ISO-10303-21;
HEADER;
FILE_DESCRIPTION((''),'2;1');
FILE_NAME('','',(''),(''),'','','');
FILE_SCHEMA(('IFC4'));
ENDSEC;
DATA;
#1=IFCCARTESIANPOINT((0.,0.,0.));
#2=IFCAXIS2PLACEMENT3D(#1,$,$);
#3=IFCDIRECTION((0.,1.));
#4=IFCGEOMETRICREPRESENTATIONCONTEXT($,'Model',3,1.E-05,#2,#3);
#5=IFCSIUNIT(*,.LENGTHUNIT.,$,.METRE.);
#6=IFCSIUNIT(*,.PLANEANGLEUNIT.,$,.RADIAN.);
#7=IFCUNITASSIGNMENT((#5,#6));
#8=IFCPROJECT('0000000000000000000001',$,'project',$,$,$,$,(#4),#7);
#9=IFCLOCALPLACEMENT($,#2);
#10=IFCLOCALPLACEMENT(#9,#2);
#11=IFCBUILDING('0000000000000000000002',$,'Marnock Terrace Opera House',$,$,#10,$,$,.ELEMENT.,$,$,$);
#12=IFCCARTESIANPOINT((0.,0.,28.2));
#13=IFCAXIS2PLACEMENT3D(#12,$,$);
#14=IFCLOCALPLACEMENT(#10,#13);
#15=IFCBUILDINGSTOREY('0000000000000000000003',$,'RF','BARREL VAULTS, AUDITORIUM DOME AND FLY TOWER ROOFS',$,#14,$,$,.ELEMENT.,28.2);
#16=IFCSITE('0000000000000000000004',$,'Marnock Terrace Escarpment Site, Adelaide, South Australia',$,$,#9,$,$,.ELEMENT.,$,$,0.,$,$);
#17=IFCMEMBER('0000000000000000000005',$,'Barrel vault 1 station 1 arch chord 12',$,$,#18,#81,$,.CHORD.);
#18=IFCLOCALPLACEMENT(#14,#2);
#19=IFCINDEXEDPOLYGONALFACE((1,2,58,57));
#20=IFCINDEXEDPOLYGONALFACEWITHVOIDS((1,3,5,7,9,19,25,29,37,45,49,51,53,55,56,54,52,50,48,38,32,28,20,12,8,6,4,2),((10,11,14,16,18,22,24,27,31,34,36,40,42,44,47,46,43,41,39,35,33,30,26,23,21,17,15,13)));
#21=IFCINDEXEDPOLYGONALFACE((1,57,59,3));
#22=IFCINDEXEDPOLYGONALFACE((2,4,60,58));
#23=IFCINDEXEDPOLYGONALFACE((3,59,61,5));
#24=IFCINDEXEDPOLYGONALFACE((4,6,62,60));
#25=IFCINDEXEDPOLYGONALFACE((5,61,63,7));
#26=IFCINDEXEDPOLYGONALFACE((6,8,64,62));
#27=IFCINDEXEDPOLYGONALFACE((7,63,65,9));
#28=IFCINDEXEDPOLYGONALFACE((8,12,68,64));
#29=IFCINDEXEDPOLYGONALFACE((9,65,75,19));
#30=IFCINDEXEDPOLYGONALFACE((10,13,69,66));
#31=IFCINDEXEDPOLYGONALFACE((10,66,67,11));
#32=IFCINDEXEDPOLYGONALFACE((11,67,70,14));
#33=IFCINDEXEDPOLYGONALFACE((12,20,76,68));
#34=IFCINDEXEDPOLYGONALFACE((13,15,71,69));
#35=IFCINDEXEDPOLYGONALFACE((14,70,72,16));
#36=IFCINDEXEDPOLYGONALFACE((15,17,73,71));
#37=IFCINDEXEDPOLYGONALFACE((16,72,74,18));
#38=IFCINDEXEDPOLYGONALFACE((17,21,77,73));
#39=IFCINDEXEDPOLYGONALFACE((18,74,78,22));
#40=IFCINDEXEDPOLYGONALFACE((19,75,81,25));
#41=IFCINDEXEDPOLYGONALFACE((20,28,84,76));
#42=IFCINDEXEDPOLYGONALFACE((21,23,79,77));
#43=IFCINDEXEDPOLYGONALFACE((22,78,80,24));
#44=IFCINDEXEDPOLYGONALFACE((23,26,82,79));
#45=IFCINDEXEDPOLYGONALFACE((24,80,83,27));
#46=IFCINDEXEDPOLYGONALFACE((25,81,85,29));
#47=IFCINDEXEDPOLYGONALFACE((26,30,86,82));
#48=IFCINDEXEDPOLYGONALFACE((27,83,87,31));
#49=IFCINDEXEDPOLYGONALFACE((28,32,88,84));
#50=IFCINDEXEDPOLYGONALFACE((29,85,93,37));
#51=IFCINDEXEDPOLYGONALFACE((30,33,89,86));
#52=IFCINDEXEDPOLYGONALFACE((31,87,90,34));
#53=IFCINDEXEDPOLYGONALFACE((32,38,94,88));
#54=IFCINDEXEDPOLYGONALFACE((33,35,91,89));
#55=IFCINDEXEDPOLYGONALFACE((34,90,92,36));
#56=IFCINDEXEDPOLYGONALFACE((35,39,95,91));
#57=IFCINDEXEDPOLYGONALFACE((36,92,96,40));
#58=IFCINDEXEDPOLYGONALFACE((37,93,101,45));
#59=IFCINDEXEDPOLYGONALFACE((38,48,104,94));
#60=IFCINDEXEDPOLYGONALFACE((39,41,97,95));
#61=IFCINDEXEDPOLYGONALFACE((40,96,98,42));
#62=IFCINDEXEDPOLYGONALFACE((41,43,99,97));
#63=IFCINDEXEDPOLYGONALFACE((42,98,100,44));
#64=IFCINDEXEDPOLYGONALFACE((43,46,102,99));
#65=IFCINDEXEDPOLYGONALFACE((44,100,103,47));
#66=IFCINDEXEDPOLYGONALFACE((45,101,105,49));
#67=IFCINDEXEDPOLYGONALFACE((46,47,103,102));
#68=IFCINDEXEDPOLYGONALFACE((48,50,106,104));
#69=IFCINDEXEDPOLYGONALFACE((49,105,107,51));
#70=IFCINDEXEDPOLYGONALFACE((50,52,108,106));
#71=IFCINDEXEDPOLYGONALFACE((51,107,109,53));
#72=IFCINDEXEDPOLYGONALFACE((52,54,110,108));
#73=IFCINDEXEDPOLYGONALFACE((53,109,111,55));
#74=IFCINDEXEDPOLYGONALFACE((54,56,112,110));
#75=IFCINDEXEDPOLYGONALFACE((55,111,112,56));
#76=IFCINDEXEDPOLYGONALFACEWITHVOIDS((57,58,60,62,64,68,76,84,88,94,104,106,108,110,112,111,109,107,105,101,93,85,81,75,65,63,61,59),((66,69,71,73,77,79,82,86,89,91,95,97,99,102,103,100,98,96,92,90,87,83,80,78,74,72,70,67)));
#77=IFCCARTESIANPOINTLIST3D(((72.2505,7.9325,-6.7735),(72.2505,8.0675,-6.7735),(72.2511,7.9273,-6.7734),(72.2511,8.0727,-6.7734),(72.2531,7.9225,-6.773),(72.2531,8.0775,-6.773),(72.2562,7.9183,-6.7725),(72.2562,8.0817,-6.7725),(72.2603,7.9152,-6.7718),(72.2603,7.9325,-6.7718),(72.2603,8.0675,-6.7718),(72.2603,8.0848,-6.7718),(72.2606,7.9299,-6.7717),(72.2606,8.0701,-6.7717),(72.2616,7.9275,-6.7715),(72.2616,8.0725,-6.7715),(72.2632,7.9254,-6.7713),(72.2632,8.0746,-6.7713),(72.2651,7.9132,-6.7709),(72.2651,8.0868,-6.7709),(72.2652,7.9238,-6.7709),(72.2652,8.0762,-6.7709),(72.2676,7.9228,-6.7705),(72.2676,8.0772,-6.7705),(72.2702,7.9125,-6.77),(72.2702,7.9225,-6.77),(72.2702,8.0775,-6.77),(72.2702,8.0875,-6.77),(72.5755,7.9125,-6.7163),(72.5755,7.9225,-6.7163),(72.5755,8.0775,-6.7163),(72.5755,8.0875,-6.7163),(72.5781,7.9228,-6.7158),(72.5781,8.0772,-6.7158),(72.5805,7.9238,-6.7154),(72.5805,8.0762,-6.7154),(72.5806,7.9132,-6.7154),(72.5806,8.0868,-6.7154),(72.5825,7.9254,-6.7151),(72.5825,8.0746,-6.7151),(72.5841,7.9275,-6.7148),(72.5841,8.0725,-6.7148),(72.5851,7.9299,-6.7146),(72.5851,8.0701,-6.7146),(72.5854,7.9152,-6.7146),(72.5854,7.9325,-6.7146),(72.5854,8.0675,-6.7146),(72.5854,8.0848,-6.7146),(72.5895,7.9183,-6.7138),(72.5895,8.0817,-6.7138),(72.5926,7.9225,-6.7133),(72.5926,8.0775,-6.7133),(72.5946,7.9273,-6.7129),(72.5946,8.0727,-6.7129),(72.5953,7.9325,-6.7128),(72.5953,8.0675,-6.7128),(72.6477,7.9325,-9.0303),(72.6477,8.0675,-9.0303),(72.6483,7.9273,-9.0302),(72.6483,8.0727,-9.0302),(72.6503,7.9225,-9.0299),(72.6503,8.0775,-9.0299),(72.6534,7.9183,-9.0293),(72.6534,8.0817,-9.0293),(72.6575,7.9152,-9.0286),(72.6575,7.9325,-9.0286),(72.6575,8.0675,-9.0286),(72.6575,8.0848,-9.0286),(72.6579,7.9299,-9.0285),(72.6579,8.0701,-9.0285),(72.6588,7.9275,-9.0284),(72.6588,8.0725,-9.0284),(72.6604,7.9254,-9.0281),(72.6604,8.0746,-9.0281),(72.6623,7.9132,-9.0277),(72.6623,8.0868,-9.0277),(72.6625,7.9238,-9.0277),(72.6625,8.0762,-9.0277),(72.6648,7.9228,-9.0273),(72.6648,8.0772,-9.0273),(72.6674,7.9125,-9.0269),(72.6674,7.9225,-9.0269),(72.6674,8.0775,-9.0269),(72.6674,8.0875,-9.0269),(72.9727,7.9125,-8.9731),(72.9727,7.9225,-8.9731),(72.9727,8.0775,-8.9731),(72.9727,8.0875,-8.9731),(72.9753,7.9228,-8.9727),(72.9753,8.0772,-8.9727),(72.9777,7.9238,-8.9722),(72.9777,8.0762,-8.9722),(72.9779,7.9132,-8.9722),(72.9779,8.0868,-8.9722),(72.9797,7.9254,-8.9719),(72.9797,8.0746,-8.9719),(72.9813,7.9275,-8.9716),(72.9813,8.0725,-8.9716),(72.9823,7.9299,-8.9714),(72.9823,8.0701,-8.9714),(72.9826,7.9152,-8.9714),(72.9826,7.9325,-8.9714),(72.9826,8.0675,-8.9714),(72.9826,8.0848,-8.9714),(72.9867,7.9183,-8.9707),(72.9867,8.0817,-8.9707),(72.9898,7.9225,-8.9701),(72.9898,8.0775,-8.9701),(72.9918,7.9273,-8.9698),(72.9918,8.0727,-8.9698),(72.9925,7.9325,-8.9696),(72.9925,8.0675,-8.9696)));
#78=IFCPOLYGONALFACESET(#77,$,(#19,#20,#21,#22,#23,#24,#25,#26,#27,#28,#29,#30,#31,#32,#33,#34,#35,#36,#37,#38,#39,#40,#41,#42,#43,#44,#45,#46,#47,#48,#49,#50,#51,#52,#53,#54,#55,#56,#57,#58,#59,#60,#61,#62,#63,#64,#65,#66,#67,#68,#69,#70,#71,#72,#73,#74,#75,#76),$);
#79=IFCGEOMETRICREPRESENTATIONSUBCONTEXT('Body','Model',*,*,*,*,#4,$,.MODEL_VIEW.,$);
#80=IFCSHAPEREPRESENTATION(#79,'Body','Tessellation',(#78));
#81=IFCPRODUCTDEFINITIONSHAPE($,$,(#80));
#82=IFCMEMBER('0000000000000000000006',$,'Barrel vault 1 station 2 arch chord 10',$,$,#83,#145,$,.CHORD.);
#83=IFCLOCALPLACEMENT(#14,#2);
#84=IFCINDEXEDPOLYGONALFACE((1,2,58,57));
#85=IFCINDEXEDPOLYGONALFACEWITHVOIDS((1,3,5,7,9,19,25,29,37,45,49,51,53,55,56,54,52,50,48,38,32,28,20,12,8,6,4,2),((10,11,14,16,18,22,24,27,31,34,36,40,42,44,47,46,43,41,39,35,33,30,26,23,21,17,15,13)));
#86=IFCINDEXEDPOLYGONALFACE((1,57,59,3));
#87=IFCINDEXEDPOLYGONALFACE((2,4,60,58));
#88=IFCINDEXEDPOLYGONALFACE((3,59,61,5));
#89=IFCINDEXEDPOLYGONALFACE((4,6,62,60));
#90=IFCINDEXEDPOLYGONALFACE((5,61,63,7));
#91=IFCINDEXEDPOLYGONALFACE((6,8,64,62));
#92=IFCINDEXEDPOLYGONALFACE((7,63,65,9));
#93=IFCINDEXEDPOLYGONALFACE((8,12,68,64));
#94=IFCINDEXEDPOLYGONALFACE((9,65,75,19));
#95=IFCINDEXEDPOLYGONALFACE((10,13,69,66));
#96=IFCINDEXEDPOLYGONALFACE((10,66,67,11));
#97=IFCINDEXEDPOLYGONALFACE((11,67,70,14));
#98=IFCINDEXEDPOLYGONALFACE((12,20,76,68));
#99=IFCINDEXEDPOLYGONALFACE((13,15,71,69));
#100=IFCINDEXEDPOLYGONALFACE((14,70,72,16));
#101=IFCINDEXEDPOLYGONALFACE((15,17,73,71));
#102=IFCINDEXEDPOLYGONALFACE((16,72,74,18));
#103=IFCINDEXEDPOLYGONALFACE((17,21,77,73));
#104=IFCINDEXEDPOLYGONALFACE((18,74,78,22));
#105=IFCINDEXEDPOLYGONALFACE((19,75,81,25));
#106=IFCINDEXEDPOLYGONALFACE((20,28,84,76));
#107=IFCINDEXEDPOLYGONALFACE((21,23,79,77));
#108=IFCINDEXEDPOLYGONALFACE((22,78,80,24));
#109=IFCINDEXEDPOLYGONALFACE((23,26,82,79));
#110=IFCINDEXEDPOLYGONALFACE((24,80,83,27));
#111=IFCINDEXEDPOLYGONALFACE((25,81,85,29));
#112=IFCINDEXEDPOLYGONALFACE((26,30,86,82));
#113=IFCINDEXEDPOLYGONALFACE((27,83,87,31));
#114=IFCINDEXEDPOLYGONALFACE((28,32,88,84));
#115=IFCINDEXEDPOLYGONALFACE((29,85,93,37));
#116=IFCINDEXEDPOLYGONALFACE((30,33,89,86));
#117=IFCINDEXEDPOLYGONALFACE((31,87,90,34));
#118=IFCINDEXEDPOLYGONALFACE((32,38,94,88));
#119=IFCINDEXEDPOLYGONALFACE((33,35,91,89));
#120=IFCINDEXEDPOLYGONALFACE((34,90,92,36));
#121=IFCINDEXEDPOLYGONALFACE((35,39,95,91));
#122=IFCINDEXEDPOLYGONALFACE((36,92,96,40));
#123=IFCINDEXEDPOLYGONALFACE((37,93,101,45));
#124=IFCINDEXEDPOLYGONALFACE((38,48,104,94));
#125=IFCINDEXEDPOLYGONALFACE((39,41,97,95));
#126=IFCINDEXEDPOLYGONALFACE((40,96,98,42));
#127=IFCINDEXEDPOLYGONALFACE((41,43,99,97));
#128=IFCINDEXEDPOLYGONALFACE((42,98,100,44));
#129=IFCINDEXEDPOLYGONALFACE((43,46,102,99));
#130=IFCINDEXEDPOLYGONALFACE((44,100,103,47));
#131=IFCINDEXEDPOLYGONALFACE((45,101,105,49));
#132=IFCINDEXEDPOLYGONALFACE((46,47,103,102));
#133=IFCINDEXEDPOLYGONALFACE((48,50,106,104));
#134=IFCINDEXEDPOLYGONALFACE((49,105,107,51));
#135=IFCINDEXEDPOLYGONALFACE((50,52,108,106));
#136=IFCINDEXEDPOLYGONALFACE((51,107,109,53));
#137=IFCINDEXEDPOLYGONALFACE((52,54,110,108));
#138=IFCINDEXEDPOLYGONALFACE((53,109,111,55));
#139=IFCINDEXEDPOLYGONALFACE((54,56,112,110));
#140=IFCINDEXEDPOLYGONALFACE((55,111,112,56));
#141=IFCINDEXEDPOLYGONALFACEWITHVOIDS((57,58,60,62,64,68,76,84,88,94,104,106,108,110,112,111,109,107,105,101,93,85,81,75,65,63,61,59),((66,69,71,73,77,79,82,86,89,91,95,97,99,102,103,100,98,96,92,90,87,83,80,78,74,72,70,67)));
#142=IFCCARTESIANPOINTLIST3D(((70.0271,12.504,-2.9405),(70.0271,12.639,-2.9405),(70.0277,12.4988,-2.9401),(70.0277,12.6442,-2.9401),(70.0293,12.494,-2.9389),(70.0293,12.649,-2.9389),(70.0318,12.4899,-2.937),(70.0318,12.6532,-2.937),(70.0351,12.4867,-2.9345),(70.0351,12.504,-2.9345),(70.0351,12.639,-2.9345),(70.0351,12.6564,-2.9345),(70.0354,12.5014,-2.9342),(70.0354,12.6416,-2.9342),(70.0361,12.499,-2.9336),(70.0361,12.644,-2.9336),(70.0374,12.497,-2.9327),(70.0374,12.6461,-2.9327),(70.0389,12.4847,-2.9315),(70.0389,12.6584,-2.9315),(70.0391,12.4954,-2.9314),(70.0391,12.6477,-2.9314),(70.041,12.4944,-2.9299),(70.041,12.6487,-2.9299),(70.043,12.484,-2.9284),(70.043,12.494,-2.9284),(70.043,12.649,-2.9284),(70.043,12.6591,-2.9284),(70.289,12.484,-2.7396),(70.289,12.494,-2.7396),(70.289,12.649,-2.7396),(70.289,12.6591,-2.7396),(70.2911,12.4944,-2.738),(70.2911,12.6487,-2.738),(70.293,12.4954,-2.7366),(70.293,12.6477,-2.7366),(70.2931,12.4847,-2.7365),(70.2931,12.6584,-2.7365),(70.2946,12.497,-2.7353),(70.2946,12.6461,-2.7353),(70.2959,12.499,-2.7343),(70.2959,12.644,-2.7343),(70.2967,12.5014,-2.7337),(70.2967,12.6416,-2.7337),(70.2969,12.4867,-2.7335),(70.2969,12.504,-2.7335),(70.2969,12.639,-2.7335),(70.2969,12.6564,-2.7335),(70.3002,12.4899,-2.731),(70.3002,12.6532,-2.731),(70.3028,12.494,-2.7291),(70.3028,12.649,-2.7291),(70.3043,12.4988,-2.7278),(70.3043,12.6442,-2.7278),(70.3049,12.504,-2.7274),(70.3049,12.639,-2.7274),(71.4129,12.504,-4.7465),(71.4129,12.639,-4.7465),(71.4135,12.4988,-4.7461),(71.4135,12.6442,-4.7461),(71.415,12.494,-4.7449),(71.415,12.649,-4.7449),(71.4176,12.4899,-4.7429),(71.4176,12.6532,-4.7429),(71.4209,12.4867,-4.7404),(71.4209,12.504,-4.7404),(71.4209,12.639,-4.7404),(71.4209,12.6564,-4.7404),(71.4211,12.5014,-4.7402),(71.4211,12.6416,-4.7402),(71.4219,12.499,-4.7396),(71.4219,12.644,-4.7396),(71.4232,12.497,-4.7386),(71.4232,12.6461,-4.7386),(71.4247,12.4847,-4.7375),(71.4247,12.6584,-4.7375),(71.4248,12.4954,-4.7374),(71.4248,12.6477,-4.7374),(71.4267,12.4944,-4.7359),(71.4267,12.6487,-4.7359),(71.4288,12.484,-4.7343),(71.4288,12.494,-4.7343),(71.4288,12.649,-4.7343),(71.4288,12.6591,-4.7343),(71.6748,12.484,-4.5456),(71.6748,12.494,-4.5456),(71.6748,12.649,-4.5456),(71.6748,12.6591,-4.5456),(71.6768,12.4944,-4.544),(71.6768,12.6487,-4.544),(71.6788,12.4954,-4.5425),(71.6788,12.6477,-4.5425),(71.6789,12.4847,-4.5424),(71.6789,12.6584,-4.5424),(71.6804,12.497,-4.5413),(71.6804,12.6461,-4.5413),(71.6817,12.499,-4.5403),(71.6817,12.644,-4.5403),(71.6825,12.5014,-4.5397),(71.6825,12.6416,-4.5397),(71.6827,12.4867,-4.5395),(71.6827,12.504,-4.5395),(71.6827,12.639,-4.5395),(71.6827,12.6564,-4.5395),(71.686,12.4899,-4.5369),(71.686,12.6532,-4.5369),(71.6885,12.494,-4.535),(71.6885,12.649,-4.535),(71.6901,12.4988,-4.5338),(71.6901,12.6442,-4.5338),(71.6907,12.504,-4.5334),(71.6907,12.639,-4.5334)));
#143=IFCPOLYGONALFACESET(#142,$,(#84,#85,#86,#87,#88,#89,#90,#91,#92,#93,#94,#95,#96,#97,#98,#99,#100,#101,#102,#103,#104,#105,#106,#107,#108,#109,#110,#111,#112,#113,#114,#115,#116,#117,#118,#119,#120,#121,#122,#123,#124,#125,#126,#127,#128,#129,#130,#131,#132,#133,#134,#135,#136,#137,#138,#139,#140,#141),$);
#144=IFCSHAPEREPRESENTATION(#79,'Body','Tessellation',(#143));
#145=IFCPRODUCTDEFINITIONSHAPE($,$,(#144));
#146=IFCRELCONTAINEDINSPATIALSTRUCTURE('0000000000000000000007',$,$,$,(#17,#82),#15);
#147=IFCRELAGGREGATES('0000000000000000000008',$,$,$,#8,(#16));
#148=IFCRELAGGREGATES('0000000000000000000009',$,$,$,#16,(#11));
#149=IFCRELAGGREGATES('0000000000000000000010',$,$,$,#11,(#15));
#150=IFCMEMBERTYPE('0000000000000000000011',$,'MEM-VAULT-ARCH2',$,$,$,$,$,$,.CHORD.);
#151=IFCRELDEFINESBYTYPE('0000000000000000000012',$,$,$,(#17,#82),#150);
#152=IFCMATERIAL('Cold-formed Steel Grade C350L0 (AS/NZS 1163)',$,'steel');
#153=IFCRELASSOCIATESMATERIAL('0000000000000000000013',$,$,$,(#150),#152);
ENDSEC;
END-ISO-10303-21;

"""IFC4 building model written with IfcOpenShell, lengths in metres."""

from ifc_helpers import new_model, si_unit, direction, frame, origin, origin_2d, place, context, subcontext, project, spatial, hollow_rectangle, extrude, material, material_profile, profile_set, type_object, element, save


model = new_model("IFC4")

# Units and contexts
model_context = context("Model", 3, precision=1e-05, world=origin(), true_north=direction((0.0, 1.0)))
body_context = subcontext(model_context, "Body", "Model", "MODEL_VIEW")
ifc_project = project(units=[si_unit("LENGTHUNIT", "METRE"), si_unit("PLANEANGLEUNIT", "RADIAN")], contexts=[model_context])

# Site, building, storey
site_placement = place(None, origin())
site = spatial("IfcSite", under=ifc_project, at=site_placement, Name="Marnock Terrace Escarpment Site, Adelaide, South Australia", CompositionType="ELEMENT", RefElevation=0.0)
building_placement = place(site_placement, origin())
building = spatial("IfcBuilding", under=site, at=building_placement, Name="Marnock Terrace Opera House", CompositionType="ELEMENT")
storey_placement = place(building_placement, frame((0.0, 0.0, 28.2)))
storey = spatial("IfcBuildingStorey", under=building, at=storey_placement, Name="RF", Description="BARREL VAULTS, AUDITORIUM DOME AND FLY TOWER ROOFS", CompositionType="ELEMENT", Elevation=28.2)

# Members
ifc_material_1 = material(Name="Cold-formed Steel Grade C350L0 (AS/NZS 1163)", Category="steel")
ifc_material_profile_1 = material_profile(ifc_material_1, hollow_rectangle(XDim=0.175, YDim=0.3501, WallThickness=0.01, InnerFilletRadius=0.01, OuterFilletRadius=0.02, at=origin_2d()))
ifc_profile_set_1 = profile_set([ifc_material_profile_1], Name="Cold-formed Steel Grade C350L0 (AS/NZS 1163)")
member_type_1 = type_object("IfcMemberType", Name="MEM-VAULT-ARCH2", PredefinedType="CHORD", material=ifc_profile_set_1)
member_1_placement = place(storey_placement, frame((72.4229, 8.0, -6.7432), z_axis=(0.173342, 0.0, -0.984862), x_axis=(0.0, 1.0, 0.0)))
element("IfcMember", 1, at=member_1_placement, inside=storey, type_object=member_type_1, Name="Barrel vault 1 station 1 arch chord 12", PredefinedType="CHORD", context=body_context, shape_type="SweptSolid", body=[
    extrude(hollow_rectangle(XDim=0.175, YDim=0.3501, WallThickness=0.01, InnerFilletRadius=0.01, OuterFilletRadius=0.02, at=origin_2d()), origin(), (0.0, 0.0, 1.0), 2.2915),
])
member_2_placement = place(storey_placement, frame((70.166, 12.5715, -2.834), z_axis=(0.608767, 0.0, -0.793349), x_axis=(0.0, 1.0, 0.0)))
element("IfcMember", 2, at=member_2_placement, inside=storey, type_object=member_type_1, Name="Barrel vault 1 station 2 arch chord 10", PredefinedType="CHORD", context=body_context, shape_type="SweptSolid", body=[
    extrude(hollow_rectangle(XDim=0.175, YDim=0.3501, WallThickness=0.01, InnerFilletRadius=0.01, OuterFilletRadius=0.02, at=origin_2d()), origin(), (0.0, 0.0, 1.0), 2.2764),
])

save(model, "model.ifc")
